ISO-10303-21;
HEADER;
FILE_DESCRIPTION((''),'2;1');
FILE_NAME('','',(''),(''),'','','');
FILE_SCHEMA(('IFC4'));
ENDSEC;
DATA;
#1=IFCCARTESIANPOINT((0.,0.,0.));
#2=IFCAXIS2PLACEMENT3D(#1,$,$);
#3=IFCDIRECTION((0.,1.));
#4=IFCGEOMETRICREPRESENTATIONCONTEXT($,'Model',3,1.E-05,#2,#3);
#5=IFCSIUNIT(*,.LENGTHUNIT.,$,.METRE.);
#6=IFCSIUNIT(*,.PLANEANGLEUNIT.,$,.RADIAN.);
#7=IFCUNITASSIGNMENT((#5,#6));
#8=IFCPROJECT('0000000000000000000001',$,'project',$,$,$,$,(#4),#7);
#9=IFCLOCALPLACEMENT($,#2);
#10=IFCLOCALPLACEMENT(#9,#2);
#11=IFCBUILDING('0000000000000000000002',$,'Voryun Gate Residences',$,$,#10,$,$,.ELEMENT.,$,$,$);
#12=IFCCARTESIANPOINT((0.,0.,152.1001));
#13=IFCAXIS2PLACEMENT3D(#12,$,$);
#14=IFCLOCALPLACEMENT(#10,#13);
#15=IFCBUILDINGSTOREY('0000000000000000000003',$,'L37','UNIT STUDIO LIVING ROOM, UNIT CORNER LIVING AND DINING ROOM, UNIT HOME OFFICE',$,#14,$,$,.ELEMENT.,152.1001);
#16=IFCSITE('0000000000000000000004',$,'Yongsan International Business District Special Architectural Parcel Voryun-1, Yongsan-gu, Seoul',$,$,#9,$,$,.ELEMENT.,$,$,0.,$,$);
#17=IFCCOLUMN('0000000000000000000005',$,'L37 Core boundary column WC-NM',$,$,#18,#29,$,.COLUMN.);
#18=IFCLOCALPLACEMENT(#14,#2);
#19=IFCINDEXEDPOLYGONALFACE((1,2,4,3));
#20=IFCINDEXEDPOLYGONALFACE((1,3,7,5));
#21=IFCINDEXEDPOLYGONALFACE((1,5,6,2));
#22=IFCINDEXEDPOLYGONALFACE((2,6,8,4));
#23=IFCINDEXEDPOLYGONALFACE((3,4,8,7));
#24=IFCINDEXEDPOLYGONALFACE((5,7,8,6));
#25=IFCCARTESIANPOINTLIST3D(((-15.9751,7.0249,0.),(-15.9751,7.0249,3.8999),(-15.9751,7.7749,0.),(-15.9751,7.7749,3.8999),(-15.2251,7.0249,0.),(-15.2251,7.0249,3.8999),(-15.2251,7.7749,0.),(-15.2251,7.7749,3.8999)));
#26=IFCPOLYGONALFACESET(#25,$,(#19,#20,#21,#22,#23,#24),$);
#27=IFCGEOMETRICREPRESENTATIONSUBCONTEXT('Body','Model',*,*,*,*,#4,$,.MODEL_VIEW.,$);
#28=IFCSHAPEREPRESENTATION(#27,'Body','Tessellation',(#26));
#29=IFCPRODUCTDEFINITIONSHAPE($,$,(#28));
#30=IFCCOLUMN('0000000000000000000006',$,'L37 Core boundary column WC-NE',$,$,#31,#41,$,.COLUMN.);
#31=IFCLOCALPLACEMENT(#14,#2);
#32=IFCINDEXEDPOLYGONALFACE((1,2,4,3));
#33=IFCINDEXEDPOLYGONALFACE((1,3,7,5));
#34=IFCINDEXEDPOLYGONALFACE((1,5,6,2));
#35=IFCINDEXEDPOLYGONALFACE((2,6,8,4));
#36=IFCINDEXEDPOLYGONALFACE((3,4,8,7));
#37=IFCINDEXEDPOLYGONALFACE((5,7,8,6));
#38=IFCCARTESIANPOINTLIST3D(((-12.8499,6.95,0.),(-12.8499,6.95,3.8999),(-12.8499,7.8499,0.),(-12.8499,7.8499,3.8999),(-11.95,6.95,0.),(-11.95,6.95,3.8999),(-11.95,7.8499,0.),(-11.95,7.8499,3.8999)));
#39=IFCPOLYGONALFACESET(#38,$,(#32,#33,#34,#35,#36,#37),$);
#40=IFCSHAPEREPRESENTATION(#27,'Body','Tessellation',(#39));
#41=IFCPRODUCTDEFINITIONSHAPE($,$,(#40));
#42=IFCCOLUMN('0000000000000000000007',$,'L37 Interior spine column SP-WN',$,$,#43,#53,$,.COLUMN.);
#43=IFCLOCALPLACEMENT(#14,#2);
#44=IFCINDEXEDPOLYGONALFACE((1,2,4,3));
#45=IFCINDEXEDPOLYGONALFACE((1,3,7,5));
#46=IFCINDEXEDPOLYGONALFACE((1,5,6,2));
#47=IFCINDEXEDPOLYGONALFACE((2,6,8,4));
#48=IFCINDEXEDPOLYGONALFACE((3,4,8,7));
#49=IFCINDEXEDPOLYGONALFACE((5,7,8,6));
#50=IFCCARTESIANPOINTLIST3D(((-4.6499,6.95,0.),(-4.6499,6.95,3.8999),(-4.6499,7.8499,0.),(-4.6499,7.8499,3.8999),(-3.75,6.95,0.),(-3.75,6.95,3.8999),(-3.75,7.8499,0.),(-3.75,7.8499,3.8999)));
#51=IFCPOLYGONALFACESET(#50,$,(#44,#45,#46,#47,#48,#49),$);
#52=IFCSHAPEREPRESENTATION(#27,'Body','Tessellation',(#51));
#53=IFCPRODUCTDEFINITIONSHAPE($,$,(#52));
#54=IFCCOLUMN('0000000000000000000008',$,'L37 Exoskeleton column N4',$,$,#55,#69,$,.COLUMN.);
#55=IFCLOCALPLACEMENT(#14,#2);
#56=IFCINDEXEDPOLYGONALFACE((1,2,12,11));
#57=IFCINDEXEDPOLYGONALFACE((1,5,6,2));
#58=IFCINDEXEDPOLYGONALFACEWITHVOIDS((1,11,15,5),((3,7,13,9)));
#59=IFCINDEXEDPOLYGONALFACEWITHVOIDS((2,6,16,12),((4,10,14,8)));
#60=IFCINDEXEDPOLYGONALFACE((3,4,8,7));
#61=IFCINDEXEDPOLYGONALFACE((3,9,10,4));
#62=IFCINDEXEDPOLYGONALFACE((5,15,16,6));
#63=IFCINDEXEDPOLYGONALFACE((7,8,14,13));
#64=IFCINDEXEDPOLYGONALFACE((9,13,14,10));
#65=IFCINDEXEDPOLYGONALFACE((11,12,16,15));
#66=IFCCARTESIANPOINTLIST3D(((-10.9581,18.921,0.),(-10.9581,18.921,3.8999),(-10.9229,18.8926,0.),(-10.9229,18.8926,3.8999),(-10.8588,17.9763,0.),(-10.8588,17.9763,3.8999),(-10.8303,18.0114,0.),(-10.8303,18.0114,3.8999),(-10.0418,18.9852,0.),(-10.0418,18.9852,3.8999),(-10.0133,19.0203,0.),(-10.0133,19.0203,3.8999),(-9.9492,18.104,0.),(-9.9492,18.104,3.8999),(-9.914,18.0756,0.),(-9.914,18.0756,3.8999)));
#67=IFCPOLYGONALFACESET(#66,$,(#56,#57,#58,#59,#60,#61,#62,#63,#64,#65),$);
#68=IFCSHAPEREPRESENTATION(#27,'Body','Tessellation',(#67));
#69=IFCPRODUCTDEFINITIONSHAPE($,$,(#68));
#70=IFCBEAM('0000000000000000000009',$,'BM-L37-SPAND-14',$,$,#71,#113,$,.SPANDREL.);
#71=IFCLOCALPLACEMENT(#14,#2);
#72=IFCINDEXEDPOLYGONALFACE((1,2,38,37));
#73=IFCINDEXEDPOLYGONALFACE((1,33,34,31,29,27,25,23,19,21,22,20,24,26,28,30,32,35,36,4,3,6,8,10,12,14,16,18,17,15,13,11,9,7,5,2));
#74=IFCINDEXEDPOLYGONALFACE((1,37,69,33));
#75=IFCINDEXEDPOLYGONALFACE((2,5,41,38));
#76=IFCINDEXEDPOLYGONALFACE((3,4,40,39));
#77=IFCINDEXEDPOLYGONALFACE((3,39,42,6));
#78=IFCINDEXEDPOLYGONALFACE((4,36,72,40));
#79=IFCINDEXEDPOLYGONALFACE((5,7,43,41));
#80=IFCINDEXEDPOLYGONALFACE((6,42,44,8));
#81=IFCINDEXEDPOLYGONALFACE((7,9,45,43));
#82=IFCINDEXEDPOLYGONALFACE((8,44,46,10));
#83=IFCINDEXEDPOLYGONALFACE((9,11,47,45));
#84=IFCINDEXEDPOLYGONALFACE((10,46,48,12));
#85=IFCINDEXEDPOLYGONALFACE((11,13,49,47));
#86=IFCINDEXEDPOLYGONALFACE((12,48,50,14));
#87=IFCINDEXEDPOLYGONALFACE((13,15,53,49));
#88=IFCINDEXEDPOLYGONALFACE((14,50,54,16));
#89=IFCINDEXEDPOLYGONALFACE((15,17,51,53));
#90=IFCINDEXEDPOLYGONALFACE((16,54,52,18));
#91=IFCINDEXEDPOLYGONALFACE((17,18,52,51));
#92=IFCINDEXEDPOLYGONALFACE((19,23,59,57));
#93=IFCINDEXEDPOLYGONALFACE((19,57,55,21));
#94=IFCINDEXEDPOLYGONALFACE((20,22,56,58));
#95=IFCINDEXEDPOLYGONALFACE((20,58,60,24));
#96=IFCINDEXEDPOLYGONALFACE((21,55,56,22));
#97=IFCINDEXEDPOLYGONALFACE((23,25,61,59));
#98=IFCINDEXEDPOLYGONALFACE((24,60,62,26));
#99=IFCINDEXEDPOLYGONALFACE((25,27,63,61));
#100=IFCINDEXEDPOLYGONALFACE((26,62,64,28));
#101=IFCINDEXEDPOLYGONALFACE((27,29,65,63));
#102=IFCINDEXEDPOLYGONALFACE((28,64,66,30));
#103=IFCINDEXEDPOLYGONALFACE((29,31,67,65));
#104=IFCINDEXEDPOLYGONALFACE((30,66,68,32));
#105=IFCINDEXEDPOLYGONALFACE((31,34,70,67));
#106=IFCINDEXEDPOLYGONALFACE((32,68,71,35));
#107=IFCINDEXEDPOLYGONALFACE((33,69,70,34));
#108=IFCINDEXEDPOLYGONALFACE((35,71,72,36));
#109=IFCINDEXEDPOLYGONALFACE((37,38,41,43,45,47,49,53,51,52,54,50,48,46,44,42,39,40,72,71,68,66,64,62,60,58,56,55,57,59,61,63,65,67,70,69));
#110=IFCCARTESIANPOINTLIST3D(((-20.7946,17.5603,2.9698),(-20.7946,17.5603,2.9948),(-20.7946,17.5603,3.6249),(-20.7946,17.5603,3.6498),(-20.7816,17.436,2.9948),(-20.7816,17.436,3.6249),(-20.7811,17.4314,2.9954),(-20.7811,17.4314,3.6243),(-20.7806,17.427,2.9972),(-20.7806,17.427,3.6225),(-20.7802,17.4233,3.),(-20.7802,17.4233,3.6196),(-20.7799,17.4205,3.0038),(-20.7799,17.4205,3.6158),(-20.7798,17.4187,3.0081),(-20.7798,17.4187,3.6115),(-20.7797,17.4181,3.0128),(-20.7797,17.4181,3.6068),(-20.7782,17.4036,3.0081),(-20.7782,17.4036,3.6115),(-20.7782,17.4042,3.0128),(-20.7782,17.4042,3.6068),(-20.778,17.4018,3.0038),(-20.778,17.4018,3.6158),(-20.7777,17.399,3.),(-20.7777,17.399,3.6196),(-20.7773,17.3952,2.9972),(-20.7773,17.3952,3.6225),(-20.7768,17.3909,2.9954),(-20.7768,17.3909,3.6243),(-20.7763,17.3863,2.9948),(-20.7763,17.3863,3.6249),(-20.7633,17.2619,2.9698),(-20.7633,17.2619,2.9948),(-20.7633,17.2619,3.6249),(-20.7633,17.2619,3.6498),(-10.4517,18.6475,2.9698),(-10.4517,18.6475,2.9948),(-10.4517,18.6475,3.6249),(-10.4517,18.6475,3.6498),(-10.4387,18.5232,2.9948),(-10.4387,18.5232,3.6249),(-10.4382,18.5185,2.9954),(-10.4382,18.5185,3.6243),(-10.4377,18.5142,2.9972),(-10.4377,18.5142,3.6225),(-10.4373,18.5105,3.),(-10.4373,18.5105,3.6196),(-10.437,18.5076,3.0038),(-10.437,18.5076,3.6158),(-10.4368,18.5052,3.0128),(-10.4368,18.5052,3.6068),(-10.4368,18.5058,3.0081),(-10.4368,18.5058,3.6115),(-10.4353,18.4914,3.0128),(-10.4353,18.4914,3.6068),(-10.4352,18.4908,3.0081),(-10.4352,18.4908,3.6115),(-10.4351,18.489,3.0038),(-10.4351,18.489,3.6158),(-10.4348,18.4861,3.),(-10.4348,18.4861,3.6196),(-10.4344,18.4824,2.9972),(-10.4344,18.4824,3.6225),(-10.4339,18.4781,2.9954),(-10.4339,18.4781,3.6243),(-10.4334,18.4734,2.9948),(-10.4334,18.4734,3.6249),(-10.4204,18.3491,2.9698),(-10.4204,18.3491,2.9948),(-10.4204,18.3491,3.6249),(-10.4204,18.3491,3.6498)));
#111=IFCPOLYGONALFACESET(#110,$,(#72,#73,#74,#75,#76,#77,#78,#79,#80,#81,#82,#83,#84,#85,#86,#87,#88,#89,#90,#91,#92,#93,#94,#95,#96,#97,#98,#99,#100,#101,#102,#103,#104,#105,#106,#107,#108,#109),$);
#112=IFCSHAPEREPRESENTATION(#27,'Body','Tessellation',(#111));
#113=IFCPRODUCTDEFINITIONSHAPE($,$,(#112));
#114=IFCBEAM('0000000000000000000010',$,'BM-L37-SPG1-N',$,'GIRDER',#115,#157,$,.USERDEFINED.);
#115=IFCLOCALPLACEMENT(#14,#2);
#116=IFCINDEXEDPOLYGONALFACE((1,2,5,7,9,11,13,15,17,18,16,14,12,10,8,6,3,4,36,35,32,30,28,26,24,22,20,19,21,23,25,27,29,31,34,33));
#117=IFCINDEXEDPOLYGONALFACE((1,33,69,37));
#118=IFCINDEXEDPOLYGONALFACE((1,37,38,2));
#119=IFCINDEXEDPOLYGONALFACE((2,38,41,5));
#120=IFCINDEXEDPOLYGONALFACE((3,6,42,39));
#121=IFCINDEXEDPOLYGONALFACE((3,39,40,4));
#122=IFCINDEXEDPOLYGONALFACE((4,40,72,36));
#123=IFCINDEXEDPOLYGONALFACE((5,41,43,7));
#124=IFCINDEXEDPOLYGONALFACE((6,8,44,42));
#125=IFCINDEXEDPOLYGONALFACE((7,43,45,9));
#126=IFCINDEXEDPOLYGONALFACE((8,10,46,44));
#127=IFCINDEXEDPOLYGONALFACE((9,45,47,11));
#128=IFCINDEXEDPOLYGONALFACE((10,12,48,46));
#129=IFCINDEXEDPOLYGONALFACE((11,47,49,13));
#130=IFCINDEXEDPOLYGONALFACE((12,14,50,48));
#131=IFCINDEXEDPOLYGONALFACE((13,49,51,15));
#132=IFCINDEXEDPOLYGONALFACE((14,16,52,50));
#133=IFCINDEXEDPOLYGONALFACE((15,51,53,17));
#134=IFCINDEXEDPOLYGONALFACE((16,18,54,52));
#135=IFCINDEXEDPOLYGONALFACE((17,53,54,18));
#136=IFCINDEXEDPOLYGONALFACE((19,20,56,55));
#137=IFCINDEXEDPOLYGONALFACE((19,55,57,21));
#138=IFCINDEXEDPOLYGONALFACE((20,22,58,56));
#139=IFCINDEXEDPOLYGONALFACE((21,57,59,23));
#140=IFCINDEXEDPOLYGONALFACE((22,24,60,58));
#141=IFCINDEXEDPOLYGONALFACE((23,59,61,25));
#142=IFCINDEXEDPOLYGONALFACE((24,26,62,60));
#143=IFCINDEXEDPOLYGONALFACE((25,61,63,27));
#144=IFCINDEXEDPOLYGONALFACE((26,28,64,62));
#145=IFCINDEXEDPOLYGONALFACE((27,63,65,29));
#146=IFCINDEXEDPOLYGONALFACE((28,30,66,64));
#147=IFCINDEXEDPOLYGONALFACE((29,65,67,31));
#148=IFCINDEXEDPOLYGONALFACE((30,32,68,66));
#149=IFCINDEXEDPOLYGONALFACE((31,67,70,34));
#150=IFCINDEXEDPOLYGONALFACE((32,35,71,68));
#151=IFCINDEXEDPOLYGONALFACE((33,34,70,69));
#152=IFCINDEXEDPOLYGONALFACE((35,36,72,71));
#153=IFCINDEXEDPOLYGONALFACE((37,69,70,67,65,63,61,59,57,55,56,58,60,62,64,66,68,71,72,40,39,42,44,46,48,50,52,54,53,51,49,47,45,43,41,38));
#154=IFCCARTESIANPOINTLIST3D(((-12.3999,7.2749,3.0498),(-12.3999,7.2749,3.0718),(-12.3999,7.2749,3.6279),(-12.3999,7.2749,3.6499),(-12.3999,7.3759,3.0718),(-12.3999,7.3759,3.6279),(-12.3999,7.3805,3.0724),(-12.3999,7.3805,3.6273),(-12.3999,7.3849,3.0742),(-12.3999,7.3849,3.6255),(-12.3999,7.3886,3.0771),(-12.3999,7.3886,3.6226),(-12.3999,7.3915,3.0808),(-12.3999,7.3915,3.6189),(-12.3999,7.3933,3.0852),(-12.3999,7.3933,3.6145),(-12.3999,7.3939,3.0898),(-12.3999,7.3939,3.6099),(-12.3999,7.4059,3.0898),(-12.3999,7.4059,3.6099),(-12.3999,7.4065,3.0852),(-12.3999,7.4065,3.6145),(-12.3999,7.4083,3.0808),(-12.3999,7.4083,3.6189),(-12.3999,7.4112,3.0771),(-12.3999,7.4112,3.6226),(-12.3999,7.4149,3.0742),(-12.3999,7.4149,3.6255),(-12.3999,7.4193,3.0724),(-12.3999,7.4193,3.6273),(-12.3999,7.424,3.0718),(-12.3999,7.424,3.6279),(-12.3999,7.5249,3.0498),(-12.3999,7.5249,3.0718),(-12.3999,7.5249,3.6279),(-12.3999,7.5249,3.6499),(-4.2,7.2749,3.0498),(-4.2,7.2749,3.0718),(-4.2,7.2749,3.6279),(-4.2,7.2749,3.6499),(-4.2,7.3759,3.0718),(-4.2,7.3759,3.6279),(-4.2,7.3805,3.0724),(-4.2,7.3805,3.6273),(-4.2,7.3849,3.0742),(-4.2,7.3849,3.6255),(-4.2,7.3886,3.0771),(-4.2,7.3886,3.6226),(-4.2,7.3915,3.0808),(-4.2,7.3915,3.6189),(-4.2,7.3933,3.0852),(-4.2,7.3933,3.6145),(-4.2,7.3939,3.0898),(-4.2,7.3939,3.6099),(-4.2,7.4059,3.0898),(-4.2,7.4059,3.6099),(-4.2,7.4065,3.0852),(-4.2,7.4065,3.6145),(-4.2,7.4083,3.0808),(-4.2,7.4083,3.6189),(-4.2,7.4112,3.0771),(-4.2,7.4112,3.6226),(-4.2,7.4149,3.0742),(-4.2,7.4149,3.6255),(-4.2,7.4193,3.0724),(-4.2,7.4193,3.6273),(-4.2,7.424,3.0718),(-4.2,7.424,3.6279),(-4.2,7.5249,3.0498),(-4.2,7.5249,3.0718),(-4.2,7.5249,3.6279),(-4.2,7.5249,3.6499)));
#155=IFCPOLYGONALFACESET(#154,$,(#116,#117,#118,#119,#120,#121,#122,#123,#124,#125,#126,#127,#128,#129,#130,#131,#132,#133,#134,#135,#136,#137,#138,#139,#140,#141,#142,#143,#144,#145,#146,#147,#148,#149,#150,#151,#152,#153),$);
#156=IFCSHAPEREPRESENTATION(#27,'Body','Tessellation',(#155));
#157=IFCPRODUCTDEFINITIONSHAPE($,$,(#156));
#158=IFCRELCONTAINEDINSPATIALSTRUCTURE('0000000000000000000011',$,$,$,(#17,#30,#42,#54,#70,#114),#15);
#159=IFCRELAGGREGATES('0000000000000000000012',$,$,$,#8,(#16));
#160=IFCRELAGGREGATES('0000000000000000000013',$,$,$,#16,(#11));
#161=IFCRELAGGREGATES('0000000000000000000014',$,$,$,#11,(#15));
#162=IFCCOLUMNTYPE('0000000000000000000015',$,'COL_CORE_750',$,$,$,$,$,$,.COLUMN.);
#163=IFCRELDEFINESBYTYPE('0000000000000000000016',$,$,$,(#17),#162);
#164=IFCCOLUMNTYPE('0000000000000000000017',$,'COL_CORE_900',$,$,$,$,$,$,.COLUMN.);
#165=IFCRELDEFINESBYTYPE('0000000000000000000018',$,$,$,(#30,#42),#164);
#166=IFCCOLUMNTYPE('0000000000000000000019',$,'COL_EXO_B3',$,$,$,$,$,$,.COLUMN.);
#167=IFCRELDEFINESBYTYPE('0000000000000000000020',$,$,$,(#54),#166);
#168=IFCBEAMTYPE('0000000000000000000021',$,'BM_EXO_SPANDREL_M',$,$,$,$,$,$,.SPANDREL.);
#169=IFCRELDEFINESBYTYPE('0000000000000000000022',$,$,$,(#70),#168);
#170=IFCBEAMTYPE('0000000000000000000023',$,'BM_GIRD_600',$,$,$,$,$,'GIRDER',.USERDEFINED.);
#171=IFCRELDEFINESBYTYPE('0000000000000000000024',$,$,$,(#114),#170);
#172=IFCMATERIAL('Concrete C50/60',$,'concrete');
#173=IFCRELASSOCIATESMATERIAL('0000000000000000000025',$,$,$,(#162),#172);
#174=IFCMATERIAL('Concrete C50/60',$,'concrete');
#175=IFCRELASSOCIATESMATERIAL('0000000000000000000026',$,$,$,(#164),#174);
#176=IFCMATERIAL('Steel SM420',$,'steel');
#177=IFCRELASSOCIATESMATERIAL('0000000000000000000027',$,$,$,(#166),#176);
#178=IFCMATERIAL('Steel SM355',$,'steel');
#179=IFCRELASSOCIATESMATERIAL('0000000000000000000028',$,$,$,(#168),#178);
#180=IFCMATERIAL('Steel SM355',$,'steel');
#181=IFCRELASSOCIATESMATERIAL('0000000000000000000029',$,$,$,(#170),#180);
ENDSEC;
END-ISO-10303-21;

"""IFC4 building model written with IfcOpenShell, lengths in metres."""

from ifc_helpers import new_model, si_unit, direction, frame, origin, origin_2d, place, context, subcontext, project, spatial, rectangle, hollow_rectangle, i_section, extrude, material, material_profile, profile_set, type_object, element, save


model = new_model("IFC4")

# Units and contexts
model_context = context("Model", 3, precision=1e-05, world=origin(), true_north=direction((0.0, 1.0)))
body_context = subcontext(model_context, "Body", "Model", "MODEL_VIEW")
ifc_project = project(units=[si_unit("LENGTHUNIT", "METRE"), si_unit("PLANEANGLEUNIT", "RADIAN")], contexts=[model_context])

# Site, building, storey
site_placement = place(None, origin())
site = spatial("IfcSite", under=ifc_project, at=site_placement, Name="Yongsan International Business District Special Architectural Parcel Voryun-1, Yongsan-gu, Seoul", CompositionType="ELEMENT", RefElevation=0.0)
building_placement = place(site_placement, origin())
building = spatial("IfcBuilding", under=site, at=building_placement, Name="Voryun Gate Residences", CompositionType="ELEMENT")
storey_placement = place(building_placement, frame((0.0, 0.0, 152.1001)))
storey = spatial("IfcBuildingStorey", under=building, at=storey_placement, Name="L37", Description="UNIT STUDIO LIVING ROOM, UNIT CORNER LIVING AND DINING ROOM, UNIT HOME OFFICE", CompositionType="ELEMENT", Elevation=152.1001)

# Columns
ifc_material_1 = material(Name="Concrete C50/60", Category="concrete")
ifc_material_profile_1 = material_profile(ifc_material_1, rectangle(XDim=0.75, YDim=0.75, at=origin_2d()), Name="RC-750x750")
ifc_profile_set_1 = profile_set([ifc_material_profile_1], Name="Concrete C50/60")
column_type_1 = type_object("IfcColumnType", Name="COL_CORE_750", PredefinedType="COLUMN", material=ifc_profile_set_1)
column_1_placement = place(storey_placement, frame((-15.6001, 7.3999, 0.0), z_axis=(0.0, 0.0, 1.0), x_axis=(1.0, 0.0, 0.0)))
element("IfcColumn", 1, at=column_1_placement, inside=storey, type_object=column_type_1, Name="L37 Core boundary column WC-NM", PredefinedType="COLUMN", context=body_context, shape_type="SweptSolid", body=[
    extrude(rectangle(XDim=0.75, YDim=0.75, at=origin_2d()), origin(), (0.0, 0.0, 1.0), 3.8999),
])
ifc_material_2 = material(Name="Concrete C50/60", Category="concrete")
ifc_material_profile_2 = material_profile(ifc_material_2, rectangle(XDim=0.8999, YDim=0.8999, at=origin_2d()), Name="RC-900x900")
ifc_profile_set_2 = profile_set([ifc_material_profile_2], Name="Concrete C50/60")
column_type_2 = type_object("IfcColumnType", Name="COL_CORE_900", PredefinedType="COLUMN", material=ifc_profile_set_2)
for number, where, z_axis, x_axis, name in (
    (2, (-12.3999, 7.3999, 0.0), (0.0, 0.0, 1.0), (1.0, 0.0, 0.0), "L37 Core boundary column WC-NE"),
    (3, (-4.2, 7.3999, 0.0), (0.0, 0.0, 1.0), (1.0, 0.0, 0.0), "L37 Interior spine column SP-WN"),
):
    element("IfcColumn", number, at=place(storey_placement, frame(where, z_axis=z_axis, x_axis=x_axis)), inside=storey, type_object=column_type_2, Name=name, PredefinedType="COLUMN", context=body_context, shape_type="SweptSolid", body=[
        extrude(rectangle(XDim=0.8999, YDim=0.8999, at=origin_2d()), origin(), (0.0, 0.0, 1.0), 3.8999),
    ])
ifc_material_3 = material(Name="Steel SM420", Category="steel")
ifc_material_profile_3 = material_profile(ifc_material_3, hollow_rectangle(XDim=0.95, YDim=0.95, WallThickness=0.032, at=origin_2d()), Name="BOX-950x950x32")
ifc_profile_set_3 = profile_set([ifc_material_profile_3], Name="Steel SM420")
column_type_3 = type_object("IfcColumnType", Name="COL_EXO_B3", PredefinedType="COLUMN", material=ifc_profile_set_3)
column_2_placement = place(storey_placement, frame((-10.436, 18.4983, 0.0), z_axis=(0.0, 0.0, 1.0), x_axis=(0.994522, 0.104528, 0.0)))
element("IfcColumn", 4, at=column_2_placement, inside=storey, type_object=column_type_3, Name="L37 Exoskeleton column N4", PredefinedType="COLUMN", context=body_context, shape_type="SweptSolid", body=[
    extrude(hollow_rectangle(XDim=0.95, YDim=0.95, WallThickness=0.032, at=origin_2d()), origin(), (0.0, 0.0, 1.0), 3.8999),
])

# Beams
ifc_material_4 = material(Name="Steel SM355", Category="steel")
ifc_material_profile_4 = material_profile(ifc_material_4, i_section(OverallWidth=0.3, OverallDepth=0.6799, WebThickness=0.0139, FlangeThickness=0.0249, FilletRadius=0.0181, at=origin_2d()), Name="H-680x300x14x25")
ifc_profile_set_4 = profile_set([ifc_material_profile_4], Name="Steel SM355")
beam_type_1 = type_object("IfcBeamType", Name="BM_EXO_SPANDREL_M", PredefinedType="SPANDREL", material=ifc_profile_set_4)
beam_1_placement = place(storey_placement, frame((-10.436, 18.4983, 3.3098), z_axis=(-0.994521, -0.104534, 0.0), x_axis=(0.104534, -0.994521, 0.0)))
element("IfcBeam", 5, at=beam_1_placement, inside=storey, type_object=beam_type_1, Name="BM-L37-SPAND-14", PredefinedType="SPANDREL", context=body_context, shape_type="SweptSolid", body=[
    extrude(i_section(OverallWidth=0.3, OverallDepth=0.6799, WebThickness=0.0139, FlangeThickness=0.0249, FilletRadius=0.0181, at=origin_2d()), origin(), (0.0, 0.0, 1.0), 10.3999),
])
ifc_material_5 = material(Name="Steel SM355", Category="steel")
ifc_material_profile_5 = material_profile(ifc_material_5, i_section(OverallWidth=0.25, OverallDepth=0.6001, WebThickness=0.012, FlangeThickness=0.022, FilletRadius=0.0181, at=origin_2d()), Name="H-600x250x12x22")
ifc_profile_set_5 = profile_set([ifc_material_profile_5], Name="Steel SM355")
beam_type_2 = type_object("IfcBeamType", Name="BM_GIRD_600", ElementType="GIRDER", PredefinedType="USERDEFINED", material=ifc_profile_set_5)
beam_2_placement = place(storey_placement, frame((-12.3999, 7.3999, 3.3499), z_axis=(1.0, 0.0, 0.0), x_axis=(0.0, 1.0, 0.0)))
element("IfcBeam", 6, at=beam_2_placement, inside=storey, type_object=beam_type_2, Name="BM-L37-SPG1-N", ObjectType="GIRDER", PredefinedType="USERDEFINED", context=body_context, shape_type="SweptSolid", body=[
    extrude(i_section(OverallWidth=0.25, OverallDepth=0.6001, WebThickness=0.012, FlangeThickness=0.022, FilletRadius=0.0181, at=origin_2d()), origin(), (0.0, 0.0, 1.0), 8.2),
])

save(model, "model.ifc")
